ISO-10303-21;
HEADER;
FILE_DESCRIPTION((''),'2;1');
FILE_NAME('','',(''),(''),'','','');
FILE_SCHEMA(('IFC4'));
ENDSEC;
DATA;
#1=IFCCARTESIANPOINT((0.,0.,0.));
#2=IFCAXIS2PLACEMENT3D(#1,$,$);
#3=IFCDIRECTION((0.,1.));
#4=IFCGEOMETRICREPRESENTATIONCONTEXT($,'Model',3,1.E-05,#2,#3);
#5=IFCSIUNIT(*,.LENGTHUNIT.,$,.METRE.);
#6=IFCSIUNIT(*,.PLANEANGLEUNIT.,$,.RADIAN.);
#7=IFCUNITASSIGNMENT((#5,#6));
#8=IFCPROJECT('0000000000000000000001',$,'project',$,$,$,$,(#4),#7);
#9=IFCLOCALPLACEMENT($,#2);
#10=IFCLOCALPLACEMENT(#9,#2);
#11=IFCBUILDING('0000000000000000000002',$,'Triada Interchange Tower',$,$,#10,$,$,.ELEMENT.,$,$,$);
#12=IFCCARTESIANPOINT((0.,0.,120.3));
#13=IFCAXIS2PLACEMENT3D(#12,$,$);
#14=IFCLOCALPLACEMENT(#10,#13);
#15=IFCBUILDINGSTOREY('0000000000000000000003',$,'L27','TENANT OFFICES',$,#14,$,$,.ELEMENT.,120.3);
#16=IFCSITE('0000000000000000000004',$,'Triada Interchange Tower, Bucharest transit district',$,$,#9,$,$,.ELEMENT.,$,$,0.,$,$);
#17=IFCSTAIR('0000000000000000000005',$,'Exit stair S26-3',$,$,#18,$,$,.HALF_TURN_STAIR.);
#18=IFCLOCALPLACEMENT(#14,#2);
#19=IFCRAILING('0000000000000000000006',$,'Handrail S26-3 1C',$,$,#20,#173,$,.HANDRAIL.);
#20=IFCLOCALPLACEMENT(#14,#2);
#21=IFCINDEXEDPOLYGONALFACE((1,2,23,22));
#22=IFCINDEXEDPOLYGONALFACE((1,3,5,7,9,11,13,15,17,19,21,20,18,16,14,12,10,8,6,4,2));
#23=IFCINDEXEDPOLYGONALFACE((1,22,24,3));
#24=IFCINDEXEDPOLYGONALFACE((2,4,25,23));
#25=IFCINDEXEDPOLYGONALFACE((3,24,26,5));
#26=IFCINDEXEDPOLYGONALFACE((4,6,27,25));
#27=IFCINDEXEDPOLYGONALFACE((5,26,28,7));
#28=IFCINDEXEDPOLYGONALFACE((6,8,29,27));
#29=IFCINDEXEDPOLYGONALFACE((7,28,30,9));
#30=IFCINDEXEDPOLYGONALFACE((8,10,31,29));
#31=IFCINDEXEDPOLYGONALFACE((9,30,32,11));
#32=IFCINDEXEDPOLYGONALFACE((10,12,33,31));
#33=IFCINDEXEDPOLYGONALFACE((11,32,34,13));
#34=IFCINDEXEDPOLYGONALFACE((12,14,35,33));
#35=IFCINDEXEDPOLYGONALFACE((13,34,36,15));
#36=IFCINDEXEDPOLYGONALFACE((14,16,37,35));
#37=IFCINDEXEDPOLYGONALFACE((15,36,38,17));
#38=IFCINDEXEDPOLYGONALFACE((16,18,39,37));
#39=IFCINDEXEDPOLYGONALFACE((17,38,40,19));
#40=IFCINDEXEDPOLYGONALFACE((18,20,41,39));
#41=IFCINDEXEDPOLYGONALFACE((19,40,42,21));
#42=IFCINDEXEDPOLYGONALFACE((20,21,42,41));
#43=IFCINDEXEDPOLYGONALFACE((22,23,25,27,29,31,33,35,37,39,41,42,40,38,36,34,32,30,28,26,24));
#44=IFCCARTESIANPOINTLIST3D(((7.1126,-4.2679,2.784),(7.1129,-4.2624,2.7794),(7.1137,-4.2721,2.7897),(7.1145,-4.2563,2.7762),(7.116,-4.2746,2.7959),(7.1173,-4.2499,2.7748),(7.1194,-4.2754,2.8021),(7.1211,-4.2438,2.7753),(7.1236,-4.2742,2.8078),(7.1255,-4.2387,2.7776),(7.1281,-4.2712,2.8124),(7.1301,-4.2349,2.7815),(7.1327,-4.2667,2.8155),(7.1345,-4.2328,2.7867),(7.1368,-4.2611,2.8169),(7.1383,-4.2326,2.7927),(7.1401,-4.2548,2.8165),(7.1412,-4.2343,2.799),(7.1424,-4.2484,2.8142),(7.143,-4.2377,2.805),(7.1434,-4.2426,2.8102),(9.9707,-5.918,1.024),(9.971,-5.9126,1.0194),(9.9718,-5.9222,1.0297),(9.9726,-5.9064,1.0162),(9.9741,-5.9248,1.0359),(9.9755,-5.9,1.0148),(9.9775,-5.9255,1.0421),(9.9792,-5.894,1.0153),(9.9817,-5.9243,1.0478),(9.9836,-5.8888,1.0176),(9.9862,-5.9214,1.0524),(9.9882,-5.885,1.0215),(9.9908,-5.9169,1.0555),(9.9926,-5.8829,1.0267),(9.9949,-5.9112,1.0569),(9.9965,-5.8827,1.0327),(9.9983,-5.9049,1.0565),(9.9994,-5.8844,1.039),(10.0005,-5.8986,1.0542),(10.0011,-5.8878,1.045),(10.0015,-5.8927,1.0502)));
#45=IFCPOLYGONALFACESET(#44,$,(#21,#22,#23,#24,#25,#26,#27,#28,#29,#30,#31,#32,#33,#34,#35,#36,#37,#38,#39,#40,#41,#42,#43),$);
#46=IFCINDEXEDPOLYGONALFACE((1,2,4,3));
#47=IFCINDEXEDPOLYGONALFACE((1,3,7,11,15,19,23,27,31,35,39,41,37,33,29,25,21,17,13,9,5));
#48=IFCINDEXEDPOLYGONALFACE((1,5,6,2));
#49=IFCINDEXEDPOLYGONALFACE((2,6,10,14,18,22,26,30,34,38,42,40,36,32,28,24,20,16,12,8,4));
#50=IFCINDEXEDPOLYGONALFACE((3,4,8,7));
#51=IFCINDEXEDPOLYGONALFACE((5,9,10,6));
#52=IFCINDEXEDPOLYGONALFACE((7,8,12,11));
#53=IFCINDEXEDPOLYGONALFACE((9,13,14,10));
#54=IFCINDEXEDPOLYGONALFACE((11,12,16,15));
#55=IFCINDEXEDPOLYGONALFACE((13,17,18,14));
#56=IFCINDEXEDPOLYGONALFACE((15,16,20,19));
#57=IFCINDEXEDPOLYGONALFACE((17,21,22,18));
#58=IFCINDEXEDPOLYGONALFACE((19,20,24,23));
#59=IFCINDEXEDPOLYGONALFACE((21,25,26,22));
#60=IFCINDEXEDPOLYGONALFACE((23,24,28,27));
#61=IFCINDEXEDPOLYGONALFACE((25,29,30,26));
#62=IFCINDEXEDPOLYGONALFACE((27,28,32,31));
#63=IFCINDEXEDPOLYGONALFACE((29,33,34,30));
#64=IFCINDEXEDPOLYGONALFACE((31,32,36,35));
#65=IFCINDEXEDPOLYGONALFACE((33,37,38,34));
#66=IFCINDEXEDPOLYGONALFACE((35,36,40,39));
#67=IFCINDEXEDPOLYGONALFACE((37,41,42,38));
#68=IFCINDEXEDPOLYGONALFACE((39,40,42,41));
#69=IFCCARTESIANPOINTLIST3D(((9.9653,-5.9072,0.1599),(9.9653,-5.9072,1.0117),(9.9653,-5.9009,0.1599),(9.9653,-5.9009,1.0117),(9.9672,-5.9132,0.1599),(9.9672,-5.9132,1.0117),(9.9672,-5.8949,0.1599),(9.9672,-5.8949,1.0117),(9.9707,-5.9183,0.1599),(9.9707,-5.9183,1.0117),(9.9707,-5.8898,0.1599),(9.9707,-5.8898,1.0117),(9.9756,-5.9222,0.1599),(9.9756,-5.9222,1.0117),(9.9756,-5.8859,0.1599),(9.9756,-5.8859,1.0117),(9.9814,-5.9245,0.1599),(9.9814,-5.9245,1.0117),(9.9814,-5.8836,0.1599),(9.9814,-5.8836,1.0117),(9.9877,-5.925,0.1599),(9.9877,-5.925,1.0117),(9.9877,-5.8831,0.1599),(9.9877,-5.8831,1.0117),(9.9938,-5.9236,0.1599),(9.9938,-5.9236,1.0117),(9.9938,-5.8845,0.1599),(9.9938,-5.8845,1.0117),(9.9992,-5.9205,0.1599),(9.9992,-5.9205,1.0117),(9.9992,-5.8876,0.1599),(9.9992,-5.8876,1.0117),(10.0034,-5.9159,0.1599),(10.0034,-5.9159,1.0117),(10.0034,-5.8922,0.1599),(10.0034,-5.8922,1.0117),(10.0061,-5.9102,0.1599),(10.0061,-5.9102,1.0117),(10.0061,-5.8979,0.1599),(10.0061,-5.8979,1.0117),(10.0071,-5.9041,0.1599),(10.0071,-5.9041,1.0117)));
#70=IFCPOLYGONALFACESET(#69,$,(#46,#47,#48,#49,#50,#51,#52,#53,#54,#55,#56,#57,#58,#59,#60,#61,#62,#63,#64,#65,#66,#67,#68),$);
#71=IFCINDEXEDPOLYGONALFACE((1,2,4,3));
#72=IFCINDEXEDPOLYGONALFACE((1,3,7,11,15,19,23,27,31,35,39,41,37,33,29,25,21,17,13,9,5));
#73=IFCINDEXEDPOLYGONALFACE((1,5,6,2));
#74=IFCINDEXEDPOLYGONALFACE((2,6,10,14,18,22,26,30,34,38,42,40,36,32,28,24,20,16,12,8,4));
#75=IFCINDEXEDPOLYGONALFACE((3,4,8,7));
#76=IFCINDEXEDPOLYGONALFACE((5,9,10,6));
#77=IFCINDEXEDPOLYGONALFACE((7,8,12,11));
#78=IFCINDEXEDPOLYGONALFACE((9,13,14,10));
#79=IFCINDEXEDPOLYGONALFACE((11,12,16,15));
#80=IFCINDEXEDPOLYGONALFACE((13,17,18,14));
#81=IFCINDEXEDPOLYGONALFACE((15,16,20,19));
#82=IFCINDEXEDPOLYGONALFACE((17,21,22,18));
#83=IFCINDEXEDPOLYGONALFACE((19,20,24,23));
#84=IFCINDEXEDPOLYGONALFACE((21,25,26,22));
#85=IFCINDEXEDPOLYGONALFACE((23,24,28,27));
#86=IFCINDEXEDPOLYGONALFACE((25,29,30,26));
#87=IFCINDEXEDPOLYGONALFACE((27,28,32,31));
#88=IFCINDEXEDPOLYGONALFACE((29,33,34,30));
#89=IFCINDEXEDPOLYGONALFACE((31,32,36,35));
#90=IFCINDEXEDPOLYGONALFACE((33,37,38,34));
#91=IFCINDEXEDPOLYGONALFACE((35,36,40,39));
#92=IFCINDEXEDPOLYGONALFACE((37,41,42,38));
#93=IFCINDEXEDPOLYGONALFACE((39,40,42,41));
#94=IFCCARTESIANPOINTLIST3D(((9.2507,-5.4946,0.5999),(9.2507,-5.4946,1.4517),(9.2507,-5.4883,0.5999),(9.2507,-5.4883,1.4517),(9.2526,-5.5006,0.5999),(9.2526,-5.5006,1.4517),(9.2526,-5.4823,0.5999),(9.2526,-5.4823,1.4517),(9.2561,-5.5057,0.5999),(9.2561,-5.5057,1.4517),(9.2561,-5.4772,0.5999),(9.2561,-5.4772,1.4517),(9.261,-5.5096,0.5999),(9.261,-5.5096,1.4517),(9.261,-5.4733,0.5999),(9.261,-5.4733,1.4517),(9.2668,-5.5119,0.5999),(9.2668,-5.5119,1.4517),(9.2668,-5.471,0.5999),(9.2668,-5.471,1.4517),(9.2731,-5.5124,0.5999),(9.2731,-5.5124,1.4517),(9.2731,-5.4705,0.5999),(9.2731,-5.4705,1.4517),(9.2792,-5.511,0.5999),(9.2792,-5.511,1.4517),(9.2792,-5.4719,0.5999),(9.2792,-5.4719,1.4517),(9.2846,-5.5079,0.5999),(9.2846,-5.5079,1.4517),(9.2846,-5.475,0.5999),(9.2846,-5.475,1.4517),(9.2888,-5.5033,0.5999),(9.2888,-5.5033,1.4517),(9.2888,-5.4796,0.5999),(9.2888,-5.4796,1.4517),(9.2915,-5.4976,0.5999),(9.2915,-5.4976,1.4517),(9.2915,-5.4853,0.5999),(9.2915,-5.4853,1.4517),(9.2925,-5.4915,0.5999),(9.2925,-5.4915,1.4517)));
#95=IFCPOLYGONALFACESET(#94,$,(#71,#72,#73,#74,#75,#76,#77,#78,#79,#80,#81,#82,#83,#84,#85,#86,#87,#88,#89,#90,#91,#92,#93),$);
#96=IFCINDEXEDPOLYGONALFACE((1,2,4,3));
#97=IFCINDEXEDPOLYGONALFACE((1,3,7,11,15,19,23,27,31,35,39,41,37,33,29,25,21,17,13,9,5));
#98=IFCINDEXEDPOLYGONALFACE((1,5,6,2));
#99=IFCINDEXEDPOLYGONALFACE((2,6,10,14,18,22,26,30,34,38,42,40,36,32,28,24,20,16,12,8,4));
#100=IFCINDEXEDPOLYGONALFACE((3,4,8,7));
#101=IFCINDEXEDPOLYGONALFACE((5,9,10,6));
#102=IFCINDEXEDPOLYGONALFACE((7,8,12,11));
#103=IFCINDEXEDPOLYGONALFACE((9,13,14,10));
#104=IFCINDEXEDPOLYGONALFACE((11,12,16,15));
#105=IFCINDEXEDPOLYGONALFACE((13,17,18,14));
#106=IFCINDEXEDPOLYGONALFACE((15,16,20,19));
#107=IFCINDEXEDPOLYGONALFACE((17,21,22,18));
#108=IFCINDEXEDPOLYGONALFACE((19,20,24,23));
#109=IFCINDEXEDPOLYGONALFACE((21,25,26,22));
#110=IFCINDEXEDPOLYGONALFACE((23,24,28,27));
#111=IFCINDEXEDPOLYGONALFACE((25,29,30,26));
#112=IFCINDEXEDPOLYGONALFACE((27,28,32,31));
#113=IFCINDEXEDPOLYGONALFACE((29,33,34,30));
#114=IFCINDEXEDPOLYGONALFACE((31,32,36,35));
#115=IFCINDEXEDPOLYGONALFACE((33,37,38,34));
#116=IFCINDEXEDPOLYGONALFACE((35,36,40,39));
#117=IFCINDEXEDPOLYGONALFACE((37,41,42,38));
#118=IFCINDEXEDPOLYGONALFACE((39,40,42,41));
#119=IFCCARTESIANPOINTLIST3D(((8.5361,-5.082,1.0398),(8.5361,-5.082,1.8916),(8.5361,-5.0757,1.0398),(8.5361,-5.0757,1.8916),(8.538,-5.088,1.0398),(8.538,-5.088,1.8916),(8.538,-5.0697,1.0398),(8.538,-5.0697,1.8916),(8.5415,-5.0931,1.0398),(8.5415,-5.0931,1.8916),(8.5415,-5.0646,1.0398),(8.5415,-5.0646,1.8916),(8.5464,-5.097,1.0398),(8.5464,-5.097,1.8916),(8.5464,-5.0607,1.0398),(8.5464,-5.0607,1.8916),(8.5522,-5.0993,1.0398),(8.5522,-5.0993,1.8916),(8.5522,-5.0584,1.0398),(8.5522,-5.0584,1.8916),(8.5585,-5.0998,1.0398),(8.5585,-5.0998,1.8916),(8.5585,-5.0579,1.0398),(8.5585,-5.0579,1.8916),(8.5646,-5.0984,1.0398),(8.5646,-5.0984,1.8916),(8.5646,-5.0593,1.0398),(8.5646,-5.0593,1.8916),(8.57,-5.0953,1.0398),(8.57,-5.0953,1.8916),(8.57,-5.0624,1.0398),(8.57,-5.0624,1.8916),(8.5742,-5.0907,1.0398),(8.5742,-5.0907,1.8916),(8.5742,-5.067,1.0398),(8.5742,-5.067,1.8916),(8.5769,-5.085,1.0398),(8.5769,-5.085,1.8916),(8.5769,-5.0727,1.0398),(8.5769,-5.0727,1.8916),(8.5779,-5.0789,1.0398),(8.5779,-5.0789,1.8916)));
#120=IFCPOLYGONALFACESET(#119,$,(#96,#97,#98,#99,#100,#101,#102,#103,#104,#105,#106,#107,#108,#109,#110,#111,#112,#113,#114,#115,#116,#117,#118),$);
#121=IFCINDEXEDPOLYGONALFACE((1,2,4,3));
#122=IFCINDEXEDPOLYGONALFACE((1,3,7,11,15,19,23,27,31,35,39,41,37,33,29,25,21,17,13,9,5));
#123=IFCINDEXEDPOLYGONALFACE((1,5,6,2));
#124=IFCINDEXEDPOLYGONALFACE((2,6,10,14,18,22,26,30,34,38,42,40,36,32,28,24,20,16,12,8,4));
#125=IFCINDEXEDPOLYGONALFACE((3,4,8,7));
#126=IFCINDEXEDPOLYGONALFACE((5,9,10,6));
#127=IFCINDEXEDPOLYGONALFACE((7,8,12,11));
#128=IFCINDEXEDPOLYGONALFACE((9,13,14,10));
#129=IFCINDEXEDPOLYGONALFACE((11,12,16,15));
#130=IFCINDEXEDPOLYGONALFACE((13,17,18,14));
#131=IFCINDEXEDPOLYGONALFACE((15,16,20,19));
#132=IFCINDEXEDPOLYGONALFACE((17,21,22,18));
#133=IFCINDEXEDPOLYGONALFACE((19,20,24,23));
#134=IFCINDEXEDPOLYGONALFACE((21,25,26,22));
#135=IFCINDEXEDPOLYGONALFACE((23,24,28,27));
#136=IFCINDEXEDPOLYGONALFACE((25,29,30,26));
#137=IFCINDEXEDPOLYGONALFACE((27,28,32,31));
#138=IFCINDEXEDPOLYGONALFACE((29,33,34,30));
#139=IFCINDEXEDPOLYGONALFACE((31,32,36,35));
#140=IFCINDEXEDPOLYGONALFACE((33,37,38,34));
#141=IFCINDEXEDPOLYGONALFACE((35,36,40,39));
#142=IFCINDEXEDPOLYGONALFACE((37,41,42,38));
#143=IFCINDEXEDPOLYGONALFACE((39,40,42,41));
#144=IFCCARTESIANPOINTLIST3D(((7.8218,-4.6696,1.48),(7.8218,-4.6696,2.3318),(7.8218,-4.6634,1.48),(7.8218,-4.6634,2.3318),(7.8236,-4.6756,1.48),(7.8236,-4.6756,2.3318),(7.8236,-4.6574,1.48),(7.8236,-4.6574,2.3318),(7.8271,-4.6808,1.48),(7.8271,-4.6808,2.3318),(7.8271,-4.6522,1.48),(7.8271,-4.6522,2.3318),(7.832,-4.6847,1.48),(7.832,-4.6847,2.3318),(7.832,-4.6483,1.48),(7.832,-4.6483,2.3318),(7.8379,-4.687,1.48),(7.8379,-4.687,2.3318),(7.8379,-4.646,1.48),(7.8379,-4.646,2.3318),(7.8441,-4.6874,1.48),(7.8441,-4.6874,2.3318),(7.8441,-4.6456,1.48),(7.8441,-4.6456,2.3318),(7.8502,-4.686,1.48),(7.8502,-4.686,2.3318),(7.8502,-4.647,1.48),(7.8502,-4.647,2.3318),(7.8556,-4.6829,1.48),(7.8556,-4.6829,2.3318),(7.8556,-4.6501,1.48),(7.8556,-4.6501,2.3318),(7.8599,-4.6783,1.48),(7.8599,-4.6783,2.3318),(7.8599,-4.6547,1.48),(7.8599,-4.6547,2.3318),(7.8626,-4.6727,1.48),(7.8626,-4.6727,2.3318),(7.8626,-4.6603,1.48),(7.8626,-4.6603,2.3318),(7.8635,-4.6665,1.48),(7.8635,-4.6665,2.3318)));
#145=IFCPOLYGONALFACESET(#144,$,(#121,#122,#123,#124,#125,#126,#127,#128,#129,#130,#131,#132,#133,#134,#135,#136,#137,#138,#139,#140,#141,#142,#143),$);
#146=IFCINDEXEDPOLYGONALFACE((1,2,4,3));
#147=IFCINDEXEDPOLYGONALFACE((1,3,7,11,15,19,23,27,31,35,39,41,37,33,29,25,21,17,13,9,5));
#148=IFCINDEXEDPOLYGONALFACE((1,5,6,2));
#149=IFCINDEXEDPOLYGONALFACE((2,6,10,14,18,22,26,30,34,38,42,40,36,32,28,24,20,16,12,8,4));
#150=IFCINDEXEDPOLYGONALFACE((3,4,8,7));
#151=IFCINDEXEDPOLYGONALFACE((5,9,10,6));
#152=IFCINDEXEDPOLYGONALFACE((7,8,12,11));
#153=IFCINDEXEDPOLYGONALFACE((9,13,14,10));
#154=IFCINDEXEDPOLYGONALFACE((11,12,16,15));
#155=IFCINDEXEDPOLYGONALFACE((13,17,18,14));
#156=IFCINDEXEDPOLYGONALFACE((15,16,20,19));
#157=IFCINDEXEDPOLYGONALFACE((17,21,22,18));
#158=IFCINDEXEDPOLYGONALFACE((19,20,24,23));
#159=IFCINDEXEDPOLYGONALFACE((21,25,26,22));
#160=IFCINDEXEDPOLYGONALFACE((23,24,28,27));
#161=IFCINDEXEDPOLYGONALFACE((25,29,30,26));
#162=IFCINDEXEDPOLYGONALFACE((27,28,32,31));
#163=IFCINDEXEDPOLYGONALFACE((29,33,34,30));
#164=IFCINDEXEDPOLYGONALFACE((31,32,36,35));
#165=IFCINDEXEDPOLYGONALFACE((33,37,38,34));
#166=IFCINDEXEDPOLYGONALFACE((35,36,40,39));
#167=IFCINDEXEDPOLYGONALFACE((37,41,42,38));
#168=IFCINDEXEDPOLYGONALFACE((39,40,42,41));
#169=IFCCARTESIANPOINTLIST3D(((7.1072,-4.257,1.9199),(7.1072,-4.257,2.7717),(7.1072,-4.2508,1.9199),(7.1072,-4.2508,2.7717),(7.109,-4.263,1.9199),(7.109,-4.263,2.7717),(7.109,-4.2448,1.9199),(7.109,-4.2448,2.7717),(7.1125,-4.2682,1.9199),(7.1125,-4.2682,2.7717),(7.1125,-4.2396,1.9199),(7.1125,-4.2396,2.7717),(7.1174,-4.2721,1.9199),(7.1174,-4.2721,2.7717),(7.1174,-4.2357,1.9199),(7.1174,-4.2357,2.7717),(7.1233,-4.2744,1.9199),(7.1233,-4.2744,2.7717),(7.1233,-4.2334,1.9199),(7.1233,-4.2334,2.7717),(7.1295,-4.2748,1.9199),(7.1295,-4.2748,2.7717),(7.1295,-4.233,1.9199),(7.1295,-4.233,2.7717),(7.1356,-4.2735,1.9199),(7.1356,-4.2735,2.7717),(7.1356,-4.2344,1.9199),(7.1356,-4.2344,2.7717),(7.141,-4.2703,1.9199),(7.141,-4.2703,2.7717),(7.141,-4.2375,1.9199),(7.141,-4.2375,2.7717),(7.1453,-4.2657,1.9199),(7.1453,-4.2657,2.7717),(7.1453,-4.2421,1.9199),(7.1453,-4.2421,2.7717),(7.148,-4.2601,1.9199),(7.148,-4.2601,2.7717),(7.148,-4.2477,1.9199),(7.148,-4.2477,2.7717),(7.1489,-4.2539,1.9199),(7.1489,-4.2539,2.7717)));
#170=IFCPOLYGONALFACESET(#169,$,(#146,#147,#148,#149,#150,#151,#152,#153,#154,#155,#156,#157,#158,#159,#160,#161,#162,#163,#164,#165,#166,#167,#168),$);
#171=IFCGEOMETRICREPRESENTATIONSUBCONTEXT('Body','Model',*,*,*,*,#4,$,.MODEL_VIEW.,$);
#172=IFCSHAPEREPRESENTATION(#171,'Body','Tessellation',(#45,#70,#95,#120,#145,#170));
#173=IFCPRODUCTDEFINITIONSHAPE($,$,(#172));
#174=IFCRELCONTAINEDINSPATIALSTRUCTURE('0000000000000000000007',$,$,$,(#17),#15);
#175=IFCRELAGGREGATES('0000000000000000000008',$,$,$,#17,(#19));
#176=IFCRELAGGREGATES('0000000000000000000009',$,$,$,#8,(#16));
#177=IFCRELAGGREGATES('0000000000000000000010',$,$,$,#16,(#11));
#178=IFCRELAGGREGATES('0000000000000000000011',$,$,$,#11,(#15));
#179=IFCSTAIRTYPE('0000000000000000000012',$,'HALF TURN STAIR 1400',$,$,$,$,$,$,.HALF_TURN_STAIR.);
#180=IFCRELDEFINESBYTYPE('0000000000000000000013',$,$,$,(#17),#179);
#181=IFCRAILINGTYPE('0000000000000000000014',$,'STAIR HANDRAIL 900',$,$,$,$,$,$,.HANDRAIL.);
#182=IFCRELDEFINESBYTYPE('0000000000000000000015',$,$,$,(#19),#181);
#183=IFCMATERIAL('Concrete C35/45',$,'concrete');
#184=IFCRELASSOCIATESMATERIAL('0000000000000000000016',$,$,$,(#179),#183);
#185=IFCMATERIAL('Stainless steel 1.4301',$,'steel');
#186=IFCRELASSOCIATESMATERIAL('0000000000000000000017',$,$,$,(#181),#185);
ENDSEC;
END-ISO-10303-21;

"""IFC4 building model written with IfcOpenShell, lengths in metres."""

from ifc_helpers import new_model, si_unit, direction, frame, origin, origin_2d, place, context, subcontext, project, spatial, circle, extrude, material, type_object, element, aggregate, save


model = new_model("IFC4")

# Units and contexts
model_context = context("Model", 3, precision=1e-05, world=origin(), true_north=direction((0.0, 1.0)))
body_context = subcontext(model_context, "Body", "Model", "MODEL_VIEW")
ifc_project = project(units=[si_unit("LENGTHUNIT", "METRE"), si_unit("PLANEANGLEUNIT", "RADIAN")], contexts=[model_context])

# Site, building, storey
site_placement = place(None, origin())
site = spatial("IfcSite", under=ifc_project, at=site_placement, Name="Triada Interchange Tower, Bucharest transit district", CompositionType="ELEMENT", RefElevation=0.0)
building_placement = place(site_placement, origin())
building = spatial("IfcBuilding", under=site, at=building_placement, Name="Triada Interchange Tower", CompositionType="ELEMENT")
storey_placement = place(building_placement, frame((0.0, 0.0, 120.3)))
storey = spatial("IfcBuildingStorey", under=building, at=storey_placement, Name="L27", Description="TENANT OFFICES", CompositionType="ELEMENT", Elevation=120.3)

# Stair, railing
ifc_material_1 = material(Name="Concrete C35/45", Category="concrete")
stair_type = type_object("IfcStairType", Name="HALF TURN STAIR 1400", PredefinedType="HALF_TURN_STAIR", material=ifc_material_1)
stair_placement = place(storey_placement, origin())
stair = element("IfcStair", 1, at=stair_placement, inside=storey, type_object=stair_type, Name="Exit stair S26-3", PredefinedType="HALF_TURN_STAIR")
ifc_material_2 = material(Name="Stainless steel 1.4301", Category="steel")
railing_type = type_object("IfcRailingType", Name="STAIR HANDRAIL 900", PredefinedType="HANDRAIL", material=ifc_material_2)
railing_1_placement = place(storey_placement, frame((9.9861, -5.9041, 0.1599)))
railing_1 = element("IfcRailing", 2, at=railing_1_placement, type_object=railing_type, Name="Handrail S26-3 1C", PredefinedType="HANDRAIL", context=body_context, shape_type="SweptSolid", body=[
    extrude(circle(Radius=0.0239, at=origin_2d()), frame((0.0, 0.0, 0.876), z_axis=(-0.764156, 0.441183, 0.470556), x_axis=(-0.499998, -0.866027, 0.0)), (0.0, 0.0, 1.0), 3.7402),
    extrude(circle(Radius=0.021, at=origin_2d()), origin(), (0.0, 0.0, 1.0), 0.8518),
    extrude(circle(Radius=0.021, at=origin_2d()), frame((-0.7146, 0.4126, 0.4399)), (0.0, 0.0, 1.0), 0.8518),
    extrude(circle(Radius=0.021, at=origin_2d()), frame((-1.4292, 0.8252, 0.8799)), (0.0, 0.0, 1.0), 0.8518),
    extrude(circle(Radius=0.021, at=origin_2d()), frame((-2.1436, 1.2375, 1.3201)), (0.0, 0.0, 1.0), 0.8518),
    extrude(circle(Radius=0.021, at=origin_2d()), frame((-2.8582, 1.6501, 1.76)), (0.0, 0.0, 1.0), 0.8518),
])
aggregate(stair, [railing_1])

save(model, "model.ifc")
